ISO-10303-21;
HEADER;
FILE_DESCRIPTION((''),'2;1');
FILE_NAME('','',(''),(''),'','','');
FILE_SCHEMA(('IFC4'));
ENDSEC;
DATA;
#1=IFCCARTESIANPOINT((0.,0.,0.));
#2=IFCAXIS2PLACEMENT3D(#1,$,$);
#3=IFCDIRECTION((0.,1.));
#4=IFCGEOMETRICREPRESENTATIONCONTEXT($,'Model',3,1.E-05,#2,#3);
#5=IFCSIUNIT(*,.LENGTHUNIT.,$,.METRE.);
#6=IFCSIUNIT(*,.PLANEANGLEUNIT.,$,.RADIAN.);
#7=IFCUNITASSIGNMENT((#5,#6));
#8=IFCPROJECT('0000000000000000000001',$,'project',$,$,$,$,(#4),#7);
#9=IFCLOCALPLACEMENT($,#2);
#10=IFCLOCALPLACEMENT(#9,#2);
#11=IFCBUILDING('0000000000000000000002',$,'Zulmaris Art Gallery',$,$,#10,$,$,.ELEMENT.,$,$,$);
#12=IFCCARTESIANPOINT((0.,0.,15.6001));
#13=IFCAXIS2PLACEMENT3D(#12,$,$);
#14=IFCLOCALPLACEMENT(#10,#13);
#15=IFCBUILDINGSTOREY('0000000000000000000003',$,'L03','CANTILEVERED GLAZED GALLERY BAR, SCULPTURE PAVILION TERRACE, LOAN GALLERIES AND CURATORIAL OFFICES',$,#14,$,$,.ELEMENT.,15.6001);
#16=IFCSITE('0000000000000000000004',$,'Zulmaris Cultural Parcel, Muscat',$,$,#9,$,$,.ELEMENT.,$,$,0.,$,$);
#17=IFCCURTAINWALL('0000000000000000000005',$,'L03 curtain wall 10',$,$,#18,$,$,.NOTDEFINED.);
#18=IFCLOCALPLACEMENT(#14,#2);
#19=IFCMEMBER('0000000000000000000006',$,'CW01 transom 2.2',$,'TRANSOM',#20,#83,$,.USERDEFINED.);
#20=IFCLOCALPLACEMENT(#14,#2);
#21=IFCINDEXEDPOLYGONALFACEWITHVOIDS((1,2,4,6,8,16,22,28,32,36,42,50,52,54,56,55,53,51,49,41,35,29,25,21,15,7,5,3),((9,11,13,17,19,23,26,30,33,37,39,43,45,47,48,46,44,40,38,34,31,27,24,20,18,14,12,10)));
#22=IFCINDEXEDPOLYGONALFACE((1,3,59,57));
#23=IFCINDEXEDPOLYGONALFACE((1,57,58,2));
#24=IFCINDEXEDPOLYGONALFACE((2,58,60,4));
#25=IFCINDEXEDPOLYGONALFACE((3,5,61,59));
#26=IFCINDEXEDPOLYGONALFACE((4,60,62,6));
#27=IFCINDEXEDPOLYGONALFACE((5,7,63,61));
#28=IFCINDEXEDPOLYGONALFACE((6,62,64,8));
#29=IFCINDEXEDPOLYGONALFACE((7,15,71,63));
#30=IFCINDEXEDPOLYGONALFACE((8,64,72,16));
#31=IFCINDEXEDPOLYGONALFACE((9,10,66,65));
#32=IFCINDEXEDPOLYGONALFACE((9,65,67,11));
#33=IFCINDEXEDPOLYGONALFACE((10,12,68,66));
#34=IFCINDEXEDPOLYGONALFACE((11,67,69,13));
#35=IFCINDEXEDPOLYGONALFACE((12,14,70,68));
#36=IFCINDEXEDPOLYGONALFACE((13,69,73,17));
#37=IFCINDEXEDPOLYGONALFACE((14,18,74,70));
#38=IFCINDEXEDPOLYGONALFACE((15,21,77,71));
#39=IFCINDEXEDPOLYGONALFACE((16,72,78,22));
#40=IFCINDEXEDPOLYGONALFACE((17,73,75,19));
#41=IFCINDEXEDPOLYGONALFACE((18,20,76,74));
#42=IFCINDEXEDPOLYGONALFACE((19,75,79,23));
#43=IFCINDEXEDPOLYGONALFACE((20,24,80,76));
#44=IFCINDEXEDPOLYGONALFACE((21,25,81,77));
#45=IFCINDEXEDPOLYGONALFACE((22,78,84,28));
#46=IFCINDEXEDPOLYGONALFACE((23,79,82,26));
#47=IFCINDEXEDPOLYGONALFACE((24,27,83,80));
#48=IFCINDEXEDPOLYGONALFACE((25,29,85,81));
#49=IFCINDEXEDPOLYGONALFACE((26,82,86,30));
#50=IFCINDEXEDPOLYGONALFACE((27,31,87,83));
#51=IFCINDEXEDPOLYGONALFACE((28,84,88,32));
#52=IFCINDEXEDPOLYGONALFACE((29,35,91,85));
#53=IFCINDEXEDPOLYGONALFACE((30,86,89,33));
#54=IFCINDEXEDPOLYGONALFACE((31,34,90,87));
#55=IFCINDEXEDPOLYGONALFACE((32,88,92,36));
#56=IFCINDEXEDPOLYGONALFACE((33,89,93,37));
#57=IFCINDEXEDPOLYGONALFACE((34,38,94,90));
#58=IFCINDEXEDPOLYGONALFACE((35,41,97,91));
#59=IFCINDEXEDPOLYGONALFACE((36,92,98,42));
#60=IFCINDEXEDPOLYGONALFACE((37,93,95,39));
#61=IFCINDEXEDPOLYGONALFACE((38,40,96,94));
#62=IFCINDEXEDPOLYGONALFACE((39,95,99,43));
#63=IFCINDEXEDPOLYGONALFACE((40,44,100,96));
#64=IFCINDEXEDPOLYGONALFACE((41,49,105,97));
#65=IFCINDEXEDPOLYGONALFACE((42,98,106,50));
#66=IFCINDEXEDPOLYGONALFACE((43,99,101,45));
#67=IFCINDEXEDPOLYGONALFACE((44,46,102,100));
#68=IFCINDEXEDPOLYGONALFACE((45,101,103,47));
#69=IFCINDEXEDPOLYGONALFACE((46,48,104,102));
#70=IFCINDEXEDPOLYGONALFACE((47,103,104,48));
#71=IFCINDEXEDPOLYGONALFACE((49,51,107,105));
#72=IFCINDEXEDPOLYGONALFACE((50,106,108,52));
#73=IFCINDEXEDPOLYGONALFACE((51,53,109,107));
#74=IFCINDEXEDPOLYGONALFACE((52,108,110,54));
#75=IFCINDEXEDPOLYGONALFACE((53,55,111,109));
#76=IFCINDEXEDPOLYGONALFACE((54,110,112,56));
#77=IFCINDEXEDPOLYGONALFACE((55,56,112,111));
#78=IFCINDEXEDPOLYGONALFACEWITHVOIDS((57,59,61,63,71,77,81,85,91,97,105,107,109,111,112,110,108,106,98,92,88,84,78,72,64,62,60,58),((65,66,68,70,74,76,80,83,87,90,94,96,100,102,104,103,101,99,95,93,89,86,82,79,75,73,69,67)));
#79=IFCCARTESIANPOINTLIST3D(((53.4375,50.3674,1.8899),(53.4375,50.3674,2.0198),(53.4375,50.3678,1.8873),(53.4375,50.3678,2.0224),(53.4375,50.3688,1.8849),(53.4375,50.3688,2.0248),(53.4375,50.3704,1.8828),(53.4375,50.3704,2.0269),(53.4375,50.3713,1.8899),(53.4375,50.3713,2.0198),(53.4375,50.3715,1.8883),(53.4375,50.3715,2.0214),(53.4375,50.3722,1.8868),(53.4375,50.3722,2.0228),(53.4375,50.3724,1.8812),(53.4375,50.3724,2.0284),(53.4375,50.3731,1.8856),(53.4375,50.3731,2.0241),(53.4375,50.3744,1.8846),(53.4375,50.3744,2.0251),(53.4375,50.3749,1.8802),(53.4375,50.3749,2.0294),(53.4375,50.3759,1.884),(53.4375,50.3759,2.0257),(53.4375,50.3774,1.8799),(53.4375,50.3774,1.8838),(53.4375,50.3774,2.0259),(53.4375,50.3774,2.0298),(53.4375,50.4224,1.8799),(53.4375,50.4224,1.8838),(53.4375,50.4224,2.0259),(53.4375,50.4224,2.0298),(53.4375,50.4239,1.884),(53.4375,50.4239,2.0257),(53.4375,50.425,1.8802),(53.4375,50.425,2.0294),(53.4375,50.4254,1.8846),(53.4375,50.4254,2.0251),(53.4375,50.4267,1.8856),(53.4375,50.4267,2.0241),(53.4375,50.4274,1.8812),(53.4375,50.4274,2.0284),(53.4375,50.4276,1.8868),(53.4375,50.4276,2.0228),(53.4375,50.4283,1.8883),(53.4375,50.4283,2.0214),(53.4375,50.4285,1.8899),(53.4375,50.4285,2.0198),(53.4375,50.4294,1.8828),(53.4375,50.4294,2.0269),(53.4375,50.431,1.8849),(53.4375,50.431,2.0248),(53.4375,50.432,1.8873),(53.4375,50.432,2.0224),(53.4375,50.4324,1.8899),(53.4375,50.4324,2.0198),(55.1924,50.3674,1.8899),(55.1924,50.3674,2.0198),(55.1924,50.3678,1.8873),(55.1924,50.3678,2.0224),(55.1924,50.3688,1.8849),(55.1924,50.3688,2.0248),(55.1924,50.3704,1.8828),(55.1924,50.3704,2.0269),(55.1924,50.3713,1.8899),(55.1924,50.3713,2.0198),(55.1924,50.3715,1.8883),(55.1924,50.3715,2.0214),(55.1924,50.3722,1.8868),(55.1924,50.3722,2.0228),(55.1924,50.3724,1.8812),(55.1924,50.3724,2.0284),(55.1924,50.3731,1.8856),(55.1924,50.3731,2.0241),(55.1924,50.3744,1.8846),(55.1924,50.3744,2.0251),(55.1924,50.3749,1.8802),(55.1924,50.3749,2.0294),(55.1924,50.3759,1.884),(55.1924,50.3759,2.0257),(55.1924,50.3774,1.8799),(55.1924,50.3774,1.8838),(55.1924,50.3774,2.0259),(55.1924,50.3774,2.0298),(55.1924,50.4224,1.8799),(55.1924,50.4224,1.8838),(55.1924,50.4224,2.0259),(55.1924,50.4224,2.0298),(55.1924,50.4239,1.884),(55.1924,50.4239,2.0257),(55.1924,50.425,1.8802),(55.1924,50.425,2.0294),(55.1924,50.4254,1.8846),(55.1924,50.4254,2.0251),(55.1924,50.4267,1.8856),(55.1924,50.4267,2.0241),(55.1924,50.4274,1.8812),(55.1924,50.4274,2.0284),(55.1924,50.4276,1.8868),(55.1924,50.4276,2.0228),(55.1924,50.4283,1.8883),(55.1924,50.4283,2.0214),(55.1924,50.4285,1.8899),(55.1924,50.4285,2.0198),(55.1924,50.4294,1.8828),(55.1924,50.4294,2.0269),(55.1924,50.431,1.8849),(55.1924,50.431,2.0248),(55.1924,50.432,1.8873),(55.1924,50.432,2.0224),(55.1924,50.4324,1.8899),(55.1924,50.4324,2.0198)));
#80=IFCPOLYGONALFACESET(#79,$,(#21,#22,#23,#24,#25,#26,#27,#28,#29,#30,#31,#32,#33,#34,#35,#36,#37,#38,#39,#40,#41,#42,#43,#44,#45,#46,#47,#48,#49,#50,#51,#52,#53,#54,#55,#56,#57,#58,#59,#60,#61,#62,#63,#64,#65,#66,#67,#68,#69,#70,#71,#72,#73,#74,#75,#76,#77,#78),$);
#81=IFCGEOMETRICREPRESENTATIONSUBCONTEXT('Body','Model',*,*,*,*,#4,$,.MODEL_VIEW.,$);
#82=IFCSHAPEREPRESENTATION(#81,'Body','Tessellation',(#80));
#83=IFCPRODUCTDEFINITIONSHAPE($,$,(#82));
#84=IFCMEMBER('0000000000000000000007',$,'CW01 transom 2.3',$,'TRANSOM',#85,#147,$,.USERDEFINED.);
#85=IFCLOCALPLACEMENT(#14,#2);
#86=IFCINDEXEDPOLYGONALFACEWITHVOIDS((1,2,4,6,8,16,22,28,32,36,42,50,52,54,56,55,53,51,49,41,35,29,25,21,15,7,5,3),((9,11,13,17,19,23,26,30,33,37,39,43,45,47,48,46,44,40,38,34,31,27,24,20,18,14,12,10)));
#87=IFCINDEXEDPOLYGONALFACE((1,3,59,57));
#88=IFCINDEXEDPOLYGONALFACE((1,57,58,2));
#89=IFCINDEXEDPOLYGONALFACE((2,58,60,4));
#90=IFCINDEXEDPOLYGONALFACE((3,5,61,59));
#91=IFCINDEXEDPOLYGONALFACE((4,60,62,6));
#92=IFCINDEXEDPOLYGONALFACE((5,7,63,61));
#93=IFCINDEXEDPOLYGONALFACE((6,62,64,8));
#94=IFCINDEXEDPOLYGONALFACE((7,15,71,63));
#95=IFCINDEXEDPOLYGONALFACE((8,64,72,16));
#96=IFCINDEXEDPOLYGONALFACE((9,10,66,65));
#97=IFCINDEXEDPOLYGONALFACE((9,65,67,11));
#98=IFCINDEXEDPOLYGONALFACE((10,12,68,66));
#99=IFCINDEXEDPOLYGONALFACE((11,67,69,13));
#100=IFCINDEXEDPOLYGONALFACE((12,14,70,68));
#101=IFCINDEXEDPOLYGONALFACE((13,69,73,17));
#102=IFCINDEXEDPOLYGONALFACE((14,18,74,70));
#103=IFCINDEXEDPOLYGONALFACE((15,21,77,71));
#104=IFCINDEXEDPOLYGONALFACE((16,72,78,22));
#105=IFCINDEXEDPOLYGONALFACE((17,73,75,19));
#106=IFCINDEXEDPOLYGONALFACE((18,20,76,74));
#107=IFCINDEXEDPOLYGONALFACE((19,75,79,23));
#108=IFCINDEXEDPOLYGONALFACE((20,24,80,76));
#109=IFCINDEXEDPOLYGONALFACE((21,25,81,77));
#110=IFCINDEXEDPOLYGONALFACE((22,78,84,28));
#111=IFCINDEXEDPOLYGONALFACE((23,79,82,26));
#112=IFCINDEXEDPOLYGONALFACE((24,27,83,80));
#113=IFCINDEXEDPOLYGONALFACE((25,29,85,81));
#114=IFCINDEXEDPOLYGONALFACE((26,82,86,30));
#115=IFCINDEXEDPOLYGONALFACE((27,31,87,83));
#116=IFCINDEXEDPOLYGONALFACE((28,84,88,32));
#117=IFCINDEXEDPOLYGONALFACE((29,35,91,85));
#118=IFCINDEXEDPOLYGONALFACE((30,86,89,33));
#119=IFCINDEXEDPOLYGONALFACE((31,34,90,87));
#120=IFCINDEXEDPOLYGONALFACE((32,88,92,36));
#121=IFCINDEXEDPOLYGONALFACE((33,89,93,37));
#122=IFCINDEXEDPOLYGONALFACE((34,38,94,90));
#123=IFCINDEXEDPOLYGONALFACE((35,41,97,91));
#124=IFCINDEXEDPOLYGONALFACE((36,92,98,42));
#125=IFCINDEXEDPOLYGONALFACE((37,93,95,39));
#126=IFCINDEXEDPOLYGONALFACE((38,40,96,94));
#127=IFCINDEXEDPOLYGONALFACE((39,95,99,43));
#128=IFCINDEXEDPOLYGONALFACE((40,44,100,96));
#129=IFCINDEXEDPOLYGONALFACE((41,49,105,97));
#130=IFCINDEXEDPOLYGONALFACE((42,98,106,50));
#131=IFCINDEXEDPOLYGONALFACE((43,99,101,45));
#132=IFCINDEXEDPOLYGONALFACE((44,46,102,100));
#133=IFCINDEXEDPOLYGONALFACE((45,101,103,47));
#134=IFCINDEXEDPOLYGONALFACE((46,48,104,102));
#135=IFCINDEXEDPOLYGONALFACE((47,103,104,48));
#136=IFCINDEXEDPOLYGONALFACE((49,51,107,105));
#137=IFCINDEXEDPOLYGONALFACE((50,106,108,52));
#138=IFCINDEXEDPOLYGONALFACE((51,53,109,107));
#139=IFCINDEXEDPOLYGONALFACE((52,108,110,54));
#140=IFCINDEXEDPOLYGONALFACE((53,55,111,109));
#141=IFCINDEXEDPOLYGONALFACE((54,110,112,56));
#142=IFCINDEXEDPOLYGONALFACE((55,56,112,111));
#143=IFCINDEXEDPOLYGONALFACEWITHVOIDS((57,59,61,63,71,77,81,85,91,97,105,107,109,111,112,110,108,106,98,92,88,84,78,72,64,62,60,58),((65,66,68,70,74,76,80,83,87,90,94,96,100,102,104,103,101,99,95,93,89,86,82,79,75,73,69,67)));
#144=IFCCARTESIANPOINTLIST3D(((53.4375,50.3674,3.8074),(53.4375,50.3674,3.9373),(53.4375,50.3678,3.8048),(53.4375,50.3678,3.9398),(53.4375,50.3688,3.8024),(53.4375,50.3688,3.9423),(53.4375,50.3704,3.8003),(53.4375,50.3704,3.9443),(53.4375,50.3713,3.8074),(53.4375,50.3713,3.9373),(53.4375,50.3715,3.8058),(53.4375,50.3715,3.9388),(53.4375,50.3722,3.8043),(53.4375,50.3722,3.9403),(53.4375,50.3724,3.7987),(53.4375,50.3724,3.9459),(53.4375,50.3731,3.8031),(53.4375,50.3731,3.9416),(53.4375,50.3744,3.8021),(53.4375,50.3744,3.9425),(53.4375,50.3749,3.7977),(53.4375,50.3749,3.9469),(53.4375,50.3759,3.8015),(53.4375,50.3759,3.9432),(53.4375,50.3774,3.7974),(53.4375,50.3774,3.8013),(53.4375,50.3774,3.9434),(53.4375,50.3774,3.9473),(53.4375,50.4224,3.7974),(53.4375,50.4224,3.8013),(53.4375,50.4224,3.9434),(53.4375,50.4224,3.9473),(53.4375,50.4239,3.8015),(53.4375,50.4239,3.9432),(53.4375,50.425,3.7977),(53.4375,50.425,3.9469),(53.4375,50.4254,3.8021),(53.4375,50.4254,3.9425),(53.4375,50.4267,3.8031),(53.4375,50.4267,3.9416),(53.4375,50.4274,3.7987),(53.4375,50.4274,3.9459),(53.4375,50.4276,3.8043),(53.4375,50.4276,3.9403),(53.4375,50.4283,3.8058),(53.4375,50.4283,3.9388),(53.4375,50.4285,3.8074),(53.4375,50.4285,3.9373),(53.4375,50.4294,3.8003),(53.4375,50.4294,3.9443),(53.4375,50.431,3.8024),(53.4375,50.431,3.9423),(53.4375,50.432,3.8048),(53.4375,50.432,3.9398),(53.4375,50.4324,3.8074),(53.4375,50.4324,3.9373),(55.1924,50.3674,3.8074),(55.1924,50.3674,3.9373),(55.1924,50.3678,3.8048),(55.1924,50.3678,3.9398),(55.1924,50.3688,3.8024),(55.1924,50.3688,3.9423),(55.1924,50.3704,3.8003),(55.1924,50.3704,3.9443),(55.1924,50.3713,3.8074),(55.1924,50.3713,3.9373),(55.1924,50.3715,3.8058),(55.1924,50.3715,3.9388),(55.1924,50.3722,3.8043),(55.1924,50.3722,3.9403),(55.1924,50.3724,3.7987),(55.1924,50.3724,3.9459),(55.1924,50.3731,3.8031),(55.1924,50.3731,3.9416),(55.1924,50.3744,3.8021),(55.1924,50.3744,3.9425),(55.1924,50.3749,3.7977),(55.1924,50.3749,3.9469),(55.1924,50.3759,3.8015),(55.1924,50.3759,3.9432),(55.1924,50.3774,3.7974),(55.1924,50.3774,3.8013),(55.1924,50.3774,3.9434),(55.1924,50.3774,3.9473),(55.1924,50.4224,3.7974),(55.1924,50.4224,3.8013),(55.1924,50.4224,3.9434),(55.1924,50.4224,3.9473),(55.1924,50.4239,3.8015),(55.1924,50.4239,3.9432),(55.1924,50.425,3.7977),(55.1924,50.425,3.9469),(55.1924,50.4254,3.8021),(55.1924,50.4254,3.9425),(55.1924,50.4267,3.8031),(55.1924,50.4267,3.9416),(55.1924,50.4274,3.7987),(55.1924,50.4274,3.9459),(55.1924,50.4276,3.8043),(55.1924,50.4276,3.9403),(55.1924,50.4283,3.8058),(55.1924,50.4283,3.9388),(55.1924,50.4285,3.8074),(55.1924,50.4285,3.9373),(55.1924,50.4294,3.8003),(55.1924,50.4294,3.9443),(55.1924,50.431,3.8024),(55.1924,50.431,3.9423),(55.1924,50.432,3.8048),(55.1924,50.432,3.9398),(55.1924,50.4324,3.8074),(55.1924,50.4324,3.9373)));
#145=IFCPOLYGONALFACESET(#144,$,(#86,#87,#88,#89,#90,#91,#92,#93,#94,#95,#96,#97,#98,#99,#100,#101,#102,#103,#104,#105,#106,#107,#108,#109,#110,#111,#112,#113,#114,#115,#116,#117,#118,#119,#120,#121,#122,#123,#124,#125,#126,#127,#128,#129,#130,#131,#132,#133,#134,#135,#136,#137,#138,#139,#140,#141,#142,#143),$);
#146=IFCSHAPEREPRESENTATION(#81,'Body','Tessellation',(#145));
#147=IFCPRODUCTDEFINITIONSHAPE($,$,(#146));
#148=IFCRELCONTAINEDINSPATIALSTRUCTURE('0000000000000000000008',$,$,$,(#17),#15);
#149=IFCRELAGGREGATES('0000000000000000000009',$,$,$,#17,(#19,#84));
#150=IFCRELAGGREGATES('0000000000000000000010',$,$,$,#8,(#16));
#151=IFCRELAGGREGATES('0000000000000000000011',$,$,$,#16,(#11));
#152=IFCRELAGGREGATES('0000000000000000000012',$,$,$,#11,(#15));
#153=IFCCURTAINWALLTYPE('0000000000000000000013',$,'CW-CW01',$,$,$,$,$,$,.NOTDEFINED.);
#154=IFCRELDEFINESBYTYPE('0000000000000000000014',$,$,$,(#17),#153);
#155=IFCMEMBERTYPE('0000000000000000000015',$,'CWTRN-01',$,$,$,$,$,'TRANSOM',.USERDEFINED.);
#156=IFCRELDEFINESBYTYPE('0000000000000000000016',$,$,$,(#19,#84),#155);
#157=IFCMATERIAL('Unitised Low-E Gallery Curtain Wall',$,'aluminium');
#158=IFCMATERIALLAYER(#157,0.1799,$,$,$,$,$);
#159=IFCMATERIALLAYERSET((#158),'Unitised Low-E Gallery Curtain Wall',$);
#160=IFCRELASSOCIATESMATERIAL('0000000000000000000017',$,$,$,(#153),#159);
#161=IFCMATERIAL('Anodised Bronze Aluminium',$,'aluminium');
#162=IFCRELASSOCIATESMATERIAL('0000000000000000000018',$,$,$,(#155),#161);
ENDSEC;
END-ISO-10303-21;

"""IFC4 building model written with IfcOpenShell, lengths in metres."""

from ifc_helpers import new_model, si_unit, direction, frame, origin, origin_2d, place, context, subcontext, project, spatial, hollow_rectangle, extrude, material, layer, layer_set, material_profile, profile_set, type_object, element, aggregate, save


model = new_model("IFC4")

# Units and contexts
model_context = context("Model", 3, precision=1e-05, world=origin(), true_north=direction((0.0, 1.0)))
body_context = subcontext(model_context, "Body", "Model", "MODEL_VIEW")
ifc_project = project(units=[si_unit("LENGTHUNIT", "METRE"), si_unit("PLANEANGLEUNIT", "RADIAN")], contexts=[model_context])

# Site, building, storey
site_placement = place(None, origin())
site = spatial("IfcSite", under=ifc_project, at=site_placement, Name="Zulmaris Cultural Parcel, Muscat", CompositionType="ELEMENT", RefElevation=0.0)
building_placement = place(site_placement, origin())
building = spatial("IfcBuilding", under=site, at=building_placement, Name="Zulmaris Art Gallery", CompositionType="ELEMENT")
storey_placement = place(building_placement, frame((0.0, 0.0, 15.6001)))
storey = spatial("IfcBuildingStorey", under=building, at=storey_placement, Name="L03", Description="CANTILEVERED GLAZED GALLERY BAR, SCULPTURE PAVILION TERRACE, LOAN GALLERIES AND CURATORIAL OFFICES", CompositionType="ELEMENT", Elevation=15.6001)

# Curtain wall
ifc_material_1 = material(Name="Unitised Low-E Gallery Curtain Wall", Category="aluminium")
ifc_layer_1 = layer(ifc_material_1, 0.1799)
ifc_layer_set_1 = layer_set([ifc_layer_1], Name="Unitised Low-E Gallery Curtain Wall")
curtain_wall_type = type_object("IfcCurtainWallType", Name="CW-CW01", PredefinedType="NOTDEFINED", material=ifc_layer_set_1)
curtain_wall_1_placement = place(storey_placement, origin())
curtain_wall_1 = element("IfcCurtainWall", 1, at=curtain_wall_1_placement, inside=storey, type_object=curtain_wall_type, Name="L03 curtain wall 10", PredefinedType="NOTDEFINED")
ifc_material_2 = material(Name="Anodised Bronze Aluminium", Category="aluminium")

# Members
ifc_material_profile_1 = material_profile(ifc_material_2, hollow_rectangle(XDim=0.0649, YDim=0.1499, WallThickness=0.0039, InnerFilletRadius=0.0061, OuterFilletRadius=0.01, at=origin_2d()), Name="ALU 65x150x4")
ifc_profile_set_1 = profile_set([ifc_material_profile_1], Name="Anodised Bronze Aluminium")
member_type_1 = type_object("IfcMemberType", Name="CWTRN-01", ElementType="TRANSOM", PredefinedType="USERDEFINED", material=ifc_profile_set_1)
member_1_placement = place(storey_placement, frame((55.1924, 50.3999, 1.9548), z_axis=(-1.0, 0.0, 0.0), x_axis=(0.0, -1.0, 0.0)))
member_1 = element("IfcMember", 2, at=member_1_placement, type_object=member_type_1, Name="CW01 transom 2.2", ObjectType="TRANSOM", PredefinedType="USERDEFINED", context=body_context, shape_type="SweptSolid", body=[
    extrude(hollow_rectangle(XDim=0.0649, YDim=0.1499, WallThickness=0.0039, InnerFilletRadius=0.0061, OuterFilletRadius=0.01, at=origin_2d()), origin(), (0.0, 0.0, 1.0), 1.7549),
])
member_2_placement = place(storey_placement, frame((55.1924, 50.3999, 3.8723), z_axis=(-1.0, 0.0, 0.0), x_axis=(0.0, -1.0, 0.0)))
member_2 = element("IfcMember", 3, at=member_2_placement, type_object=member_type_1, Name="CW01 transom 2.3", ObjectType="TRANSOM", PredefinedType="USERDEFINED", context=body_context, shape_type="SweptSolid", body=[
    extrude(hollow_rectangle(XDim=0.0649, YDim=0.1499, WallThickness=0.0039, InnerFilletRadius=0.0061, OuterFilletRadius=0.01, at=origin_2d()), origin(), (0.0, 0.0, 1.0), 1.7549),
])

aggregate(curtain_wall_1, [member_1, member_2])

save(model, "model.ifc")
